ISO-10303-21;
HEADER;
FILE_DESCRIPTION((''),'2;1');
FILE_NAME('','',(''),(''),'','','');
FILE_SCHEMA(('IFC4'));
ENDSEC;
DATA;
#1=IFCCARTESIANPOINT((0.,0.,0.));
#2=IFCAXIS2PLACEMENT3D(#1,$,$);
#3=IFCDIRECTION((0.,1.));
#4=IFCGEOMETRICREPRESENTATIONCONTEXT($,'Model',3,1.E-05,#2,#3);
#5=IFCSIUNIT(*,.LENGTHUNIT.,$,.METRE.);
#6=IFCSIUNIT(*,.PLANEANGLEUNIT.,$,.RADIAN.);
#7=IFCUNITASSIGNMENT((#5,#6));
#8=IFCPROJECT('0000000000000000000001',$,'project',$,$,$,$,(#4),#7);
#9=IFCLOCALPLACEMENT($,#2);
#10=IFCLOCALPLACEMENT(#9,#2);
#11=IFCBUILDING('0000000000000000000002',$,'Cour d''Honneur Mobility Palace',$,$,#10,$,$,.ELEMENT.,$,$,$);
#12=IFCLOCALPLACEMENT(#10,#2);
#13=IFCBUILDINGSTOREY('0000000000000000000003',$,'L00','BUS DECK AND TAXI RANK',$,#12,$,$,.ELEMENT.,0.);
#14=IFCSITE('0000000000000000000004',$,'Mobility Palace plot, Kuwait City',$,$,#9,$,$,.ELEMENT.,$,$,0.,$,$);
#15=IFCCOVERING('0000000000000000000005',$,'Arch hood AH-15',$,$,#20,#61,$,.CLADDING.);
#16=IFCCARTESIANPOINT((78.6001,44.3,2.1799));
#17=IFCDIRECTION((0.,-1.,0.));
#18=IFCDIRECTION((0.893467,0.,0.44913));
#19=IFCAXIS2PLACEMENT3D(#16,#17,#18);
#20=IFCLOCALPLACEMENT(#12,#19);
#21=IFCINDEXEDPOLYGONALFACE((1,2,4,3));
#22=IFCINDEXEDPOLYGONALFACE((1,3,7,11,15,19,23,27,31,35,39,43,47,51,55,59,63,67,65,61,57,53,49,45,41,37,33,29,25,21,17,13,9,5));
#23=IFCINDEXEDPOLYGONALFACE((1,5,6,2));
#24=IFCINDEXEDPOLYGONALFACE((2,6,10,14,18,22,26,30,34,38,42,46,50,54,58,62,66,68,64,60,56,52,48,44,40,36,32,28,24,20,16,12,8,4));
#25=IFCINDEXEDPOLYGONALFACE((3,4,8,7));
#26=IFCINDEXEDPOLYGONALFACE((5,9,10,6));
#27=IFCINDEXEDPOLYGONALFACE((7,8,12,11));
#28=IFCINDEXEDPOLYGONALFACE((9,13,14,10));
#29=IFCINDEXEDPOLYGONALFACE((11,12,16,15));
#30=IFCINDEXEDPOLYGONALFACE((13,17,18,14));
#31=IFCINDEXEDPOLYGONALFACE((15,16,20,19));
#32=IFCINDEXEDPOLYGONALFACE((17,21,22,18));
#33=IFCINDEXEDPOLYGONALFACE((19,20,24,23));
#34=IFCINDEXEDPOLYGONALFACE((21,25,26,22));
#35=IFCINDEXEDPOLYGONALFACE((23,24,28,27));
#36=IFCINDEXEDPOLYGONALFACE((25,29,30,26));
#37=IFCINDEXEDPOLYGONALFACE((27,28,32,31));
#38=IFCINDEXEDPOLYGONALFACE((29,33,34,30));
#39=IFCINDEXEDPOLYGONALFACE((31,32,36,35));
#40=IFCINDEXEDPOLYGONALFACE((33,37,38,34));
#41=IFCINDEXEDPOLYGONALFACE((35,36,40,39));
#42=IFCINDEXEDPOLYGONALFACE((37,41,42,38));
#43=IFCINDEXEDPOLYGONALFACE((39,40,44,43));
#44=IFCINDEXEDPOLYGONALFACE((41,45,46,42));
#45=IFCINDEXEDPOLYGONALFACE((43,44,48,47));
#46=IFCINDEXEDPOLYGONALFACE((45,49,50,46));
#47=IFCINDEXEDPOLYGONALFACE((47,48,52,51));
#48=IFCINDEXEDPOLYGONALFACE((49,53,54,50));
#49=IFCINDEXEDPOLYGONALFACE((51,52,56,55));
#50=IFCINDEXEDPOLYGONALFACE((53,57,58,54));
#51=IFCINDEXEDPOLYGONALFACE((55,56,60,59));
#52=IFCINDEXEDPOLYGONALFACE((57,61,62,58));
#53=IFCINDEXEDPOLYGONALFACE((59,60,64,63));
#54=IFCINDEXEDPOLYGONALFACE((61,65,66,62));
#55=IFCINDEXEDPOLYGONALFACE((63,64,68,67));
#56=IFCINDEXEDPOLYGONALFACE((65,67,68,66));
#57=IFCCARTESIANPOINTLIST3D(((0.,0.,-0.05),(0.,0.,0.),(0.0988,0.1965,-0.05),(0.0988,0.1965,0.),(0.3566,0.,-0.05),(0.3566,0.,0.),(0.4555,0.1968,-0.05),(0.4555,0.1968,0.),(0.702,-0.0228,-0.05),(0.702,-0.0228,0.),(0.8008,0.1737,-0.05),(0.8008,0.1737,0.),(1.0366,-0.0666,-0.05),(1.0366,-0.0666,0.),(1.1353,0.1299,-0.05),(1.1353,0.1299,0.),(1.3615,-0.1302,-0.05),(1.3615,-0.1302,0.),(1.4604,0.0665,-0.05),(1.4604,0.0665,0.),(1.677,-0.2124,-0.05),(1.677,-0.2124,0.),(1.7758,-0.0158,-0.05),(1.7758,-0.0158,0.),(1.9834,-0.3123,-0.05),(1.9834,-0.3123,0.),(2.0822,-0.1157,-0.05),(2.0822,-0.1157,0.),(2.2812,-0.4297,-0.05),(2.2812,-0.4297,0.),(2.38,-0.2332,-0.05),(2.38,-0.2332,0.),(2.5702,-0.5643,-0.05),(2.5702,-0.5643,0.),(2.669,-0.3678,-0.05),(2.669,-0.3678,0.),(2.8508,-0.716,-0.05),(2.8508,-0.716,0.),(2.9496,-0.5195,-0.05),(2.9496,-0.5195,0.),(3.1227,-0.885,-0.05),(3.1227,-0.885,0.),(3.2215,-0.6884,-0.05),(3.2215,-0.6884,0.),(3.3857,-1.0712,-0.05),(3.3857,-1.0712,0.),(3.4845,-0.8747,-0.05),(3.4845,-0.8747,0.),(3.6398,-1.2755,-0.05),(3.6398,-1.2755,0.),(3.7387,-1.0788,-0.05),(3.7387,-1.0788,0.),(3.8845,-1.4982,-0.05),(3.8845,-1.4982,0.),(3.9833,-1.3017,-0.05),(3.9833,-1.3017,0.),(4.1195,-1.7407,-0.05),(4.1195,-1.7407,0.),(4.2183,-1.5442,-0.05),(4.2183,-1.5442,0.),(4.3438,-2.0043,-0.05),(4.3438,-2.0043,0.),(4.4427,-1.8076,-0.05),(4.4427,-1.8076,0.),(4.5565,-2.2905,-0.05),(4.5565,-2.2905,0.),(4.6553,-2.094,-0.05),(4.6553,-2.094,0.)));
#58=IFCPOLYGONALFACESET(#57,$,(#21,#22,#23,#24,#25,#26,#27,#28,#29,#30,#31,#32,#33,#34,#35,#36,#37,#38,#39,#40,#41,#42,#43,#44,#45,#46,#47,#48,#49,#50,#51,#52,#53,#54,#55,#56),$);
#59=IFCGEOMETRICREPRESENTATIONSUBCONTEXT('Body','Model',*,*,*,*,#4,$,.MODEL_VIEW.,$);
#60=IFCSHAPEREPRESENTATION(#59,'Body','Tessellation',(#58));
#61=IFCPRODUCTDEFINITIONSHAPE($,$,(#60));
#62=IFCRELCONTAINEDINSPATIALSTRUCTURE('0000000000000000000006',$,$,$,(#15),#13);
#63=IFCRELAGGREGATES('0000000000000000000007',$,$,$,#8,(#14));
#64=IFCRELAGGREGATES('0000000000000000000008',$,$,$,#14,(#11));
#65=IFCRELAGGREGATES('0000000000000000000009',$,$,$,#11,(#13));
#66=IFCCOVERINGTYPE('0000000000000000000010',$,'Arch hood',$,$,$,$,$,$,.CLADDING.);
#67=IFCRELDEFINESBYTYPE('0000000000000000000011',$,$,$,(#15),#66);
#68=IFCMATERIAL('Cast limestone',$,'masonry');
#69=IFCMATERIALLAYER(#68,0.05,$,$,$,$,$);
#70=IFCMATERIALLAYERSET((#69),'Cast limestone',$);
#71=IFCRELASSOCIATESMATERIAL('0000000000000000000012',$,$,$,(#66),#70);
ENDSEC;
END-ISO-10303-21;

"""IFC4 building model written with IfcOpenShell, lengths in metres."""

from ifc_helpers import new_model, si_unit, direction, frame, origin, place, context, subcontext, project, spatial, polyline, outline, extrude, material, layer, layer_set, type_object, element, save


model = new_model("IFC4")

# Units and contexts
model_context = context("Model", 3, precision=1e-05, world=origin(), true_north=direction((0.0, 1.0)))
body_context = subcontext(model_context, "Body", "Model", "MODEL_VIEW")
ifc_project = project(units=[si_unit("LENGTHUNIT", "METRE"), si_unit("PLANEANGLEUNIT", "RADIAN")], contexts=[model_context])

# Site, building, storey
site_placement = place(None, origin())
site = spatial("IfcSite", under=ifc_project, at=site_placement, Name="Mobility Palace plot, Kuwait City", CompositionType="ELEMENT", RefElevation=0.0)
building_placement = place(site_placement, origin())
building = spatial("IfcBuilding", under=site, at=building_placement, Name="Cour d'Honneur Mobility Palace", CompositionType="ELEMENT")
storey_placement = place(building_placement, origin())
storey = spatial("IfcBuildingStorey", under=building, at=storey_placement, Name="L00", Description="BUS DECK AND TAXI RANK", CompositionType="ELEMENT", Elevation=0.0)

# Covering
ifc_material_1 = material(Name="Cast limestone", Category="masonry")
ifc_layer_1 = layer(ifc_material_1, 0.05)
ifc_layer_set_1 = layer_set([ifc_layer_1], Name="Cast limestone")
covering_type_1 = type_object("IfcCoveringType", Name="Arch hood", PredefinedType="CLADDING", material=ifc_layer_set_1)
covering_1_placement = place(storey_placement, frame((78.6001, 44.3, 2.1799), z_axis=(0.0, -1.0, 0.0), x_axis=(0.893467, 0.0, 0.44913)))
element("IfcCovering", 1, at=covering_1_placement, inside=storey, type_object=covering_type_1, Name="Arch hood AH-15", PredefinedType="CLADDING", context=body_context, shape_type="SweptSolid", body=[
    extrude(outline(polyline([(0.0, 0.0), (0.3566, 0.0), (0.702, -0.0228), (1.0366, -0.0666), (1.3615, -0.1302), (1.677, -0.2124), (1.9834, -0.3123), (2.2812, -0.4297), (2.5702, -0.5643), (2.8508, -0.716), (3.1227, -0.885), (3.3857, -1.0712), (3.6398, -1.2755), (3.8845, -1.4982), (4.1195, -1.7407), (4.3438, -2.0043), (4.5565, -2.2905), (4.6553, -2.094), (4.4427, -1.8076), (4.2183, -1.5442), (3.9833, -1.3017), (3.7387, -1.0788), (3.4845, -0.8747), (3.2215, -0.6884), (2.9496, -0.5195), (2.669, -0.3678), (2.38, -0.2332), (2.0822, -0.1157), (1.7758, -0.0158), (1.4604, 0.0665), (1.1353, 0.1299), (0.8008, 0.1737), (0.4555, 0.1968), (0.0988, 0.1965), (0.0, 0.0)])), origin(), (0.0, 0.0, -1.0), 0.05),
])

save(model, "model.ifc")
